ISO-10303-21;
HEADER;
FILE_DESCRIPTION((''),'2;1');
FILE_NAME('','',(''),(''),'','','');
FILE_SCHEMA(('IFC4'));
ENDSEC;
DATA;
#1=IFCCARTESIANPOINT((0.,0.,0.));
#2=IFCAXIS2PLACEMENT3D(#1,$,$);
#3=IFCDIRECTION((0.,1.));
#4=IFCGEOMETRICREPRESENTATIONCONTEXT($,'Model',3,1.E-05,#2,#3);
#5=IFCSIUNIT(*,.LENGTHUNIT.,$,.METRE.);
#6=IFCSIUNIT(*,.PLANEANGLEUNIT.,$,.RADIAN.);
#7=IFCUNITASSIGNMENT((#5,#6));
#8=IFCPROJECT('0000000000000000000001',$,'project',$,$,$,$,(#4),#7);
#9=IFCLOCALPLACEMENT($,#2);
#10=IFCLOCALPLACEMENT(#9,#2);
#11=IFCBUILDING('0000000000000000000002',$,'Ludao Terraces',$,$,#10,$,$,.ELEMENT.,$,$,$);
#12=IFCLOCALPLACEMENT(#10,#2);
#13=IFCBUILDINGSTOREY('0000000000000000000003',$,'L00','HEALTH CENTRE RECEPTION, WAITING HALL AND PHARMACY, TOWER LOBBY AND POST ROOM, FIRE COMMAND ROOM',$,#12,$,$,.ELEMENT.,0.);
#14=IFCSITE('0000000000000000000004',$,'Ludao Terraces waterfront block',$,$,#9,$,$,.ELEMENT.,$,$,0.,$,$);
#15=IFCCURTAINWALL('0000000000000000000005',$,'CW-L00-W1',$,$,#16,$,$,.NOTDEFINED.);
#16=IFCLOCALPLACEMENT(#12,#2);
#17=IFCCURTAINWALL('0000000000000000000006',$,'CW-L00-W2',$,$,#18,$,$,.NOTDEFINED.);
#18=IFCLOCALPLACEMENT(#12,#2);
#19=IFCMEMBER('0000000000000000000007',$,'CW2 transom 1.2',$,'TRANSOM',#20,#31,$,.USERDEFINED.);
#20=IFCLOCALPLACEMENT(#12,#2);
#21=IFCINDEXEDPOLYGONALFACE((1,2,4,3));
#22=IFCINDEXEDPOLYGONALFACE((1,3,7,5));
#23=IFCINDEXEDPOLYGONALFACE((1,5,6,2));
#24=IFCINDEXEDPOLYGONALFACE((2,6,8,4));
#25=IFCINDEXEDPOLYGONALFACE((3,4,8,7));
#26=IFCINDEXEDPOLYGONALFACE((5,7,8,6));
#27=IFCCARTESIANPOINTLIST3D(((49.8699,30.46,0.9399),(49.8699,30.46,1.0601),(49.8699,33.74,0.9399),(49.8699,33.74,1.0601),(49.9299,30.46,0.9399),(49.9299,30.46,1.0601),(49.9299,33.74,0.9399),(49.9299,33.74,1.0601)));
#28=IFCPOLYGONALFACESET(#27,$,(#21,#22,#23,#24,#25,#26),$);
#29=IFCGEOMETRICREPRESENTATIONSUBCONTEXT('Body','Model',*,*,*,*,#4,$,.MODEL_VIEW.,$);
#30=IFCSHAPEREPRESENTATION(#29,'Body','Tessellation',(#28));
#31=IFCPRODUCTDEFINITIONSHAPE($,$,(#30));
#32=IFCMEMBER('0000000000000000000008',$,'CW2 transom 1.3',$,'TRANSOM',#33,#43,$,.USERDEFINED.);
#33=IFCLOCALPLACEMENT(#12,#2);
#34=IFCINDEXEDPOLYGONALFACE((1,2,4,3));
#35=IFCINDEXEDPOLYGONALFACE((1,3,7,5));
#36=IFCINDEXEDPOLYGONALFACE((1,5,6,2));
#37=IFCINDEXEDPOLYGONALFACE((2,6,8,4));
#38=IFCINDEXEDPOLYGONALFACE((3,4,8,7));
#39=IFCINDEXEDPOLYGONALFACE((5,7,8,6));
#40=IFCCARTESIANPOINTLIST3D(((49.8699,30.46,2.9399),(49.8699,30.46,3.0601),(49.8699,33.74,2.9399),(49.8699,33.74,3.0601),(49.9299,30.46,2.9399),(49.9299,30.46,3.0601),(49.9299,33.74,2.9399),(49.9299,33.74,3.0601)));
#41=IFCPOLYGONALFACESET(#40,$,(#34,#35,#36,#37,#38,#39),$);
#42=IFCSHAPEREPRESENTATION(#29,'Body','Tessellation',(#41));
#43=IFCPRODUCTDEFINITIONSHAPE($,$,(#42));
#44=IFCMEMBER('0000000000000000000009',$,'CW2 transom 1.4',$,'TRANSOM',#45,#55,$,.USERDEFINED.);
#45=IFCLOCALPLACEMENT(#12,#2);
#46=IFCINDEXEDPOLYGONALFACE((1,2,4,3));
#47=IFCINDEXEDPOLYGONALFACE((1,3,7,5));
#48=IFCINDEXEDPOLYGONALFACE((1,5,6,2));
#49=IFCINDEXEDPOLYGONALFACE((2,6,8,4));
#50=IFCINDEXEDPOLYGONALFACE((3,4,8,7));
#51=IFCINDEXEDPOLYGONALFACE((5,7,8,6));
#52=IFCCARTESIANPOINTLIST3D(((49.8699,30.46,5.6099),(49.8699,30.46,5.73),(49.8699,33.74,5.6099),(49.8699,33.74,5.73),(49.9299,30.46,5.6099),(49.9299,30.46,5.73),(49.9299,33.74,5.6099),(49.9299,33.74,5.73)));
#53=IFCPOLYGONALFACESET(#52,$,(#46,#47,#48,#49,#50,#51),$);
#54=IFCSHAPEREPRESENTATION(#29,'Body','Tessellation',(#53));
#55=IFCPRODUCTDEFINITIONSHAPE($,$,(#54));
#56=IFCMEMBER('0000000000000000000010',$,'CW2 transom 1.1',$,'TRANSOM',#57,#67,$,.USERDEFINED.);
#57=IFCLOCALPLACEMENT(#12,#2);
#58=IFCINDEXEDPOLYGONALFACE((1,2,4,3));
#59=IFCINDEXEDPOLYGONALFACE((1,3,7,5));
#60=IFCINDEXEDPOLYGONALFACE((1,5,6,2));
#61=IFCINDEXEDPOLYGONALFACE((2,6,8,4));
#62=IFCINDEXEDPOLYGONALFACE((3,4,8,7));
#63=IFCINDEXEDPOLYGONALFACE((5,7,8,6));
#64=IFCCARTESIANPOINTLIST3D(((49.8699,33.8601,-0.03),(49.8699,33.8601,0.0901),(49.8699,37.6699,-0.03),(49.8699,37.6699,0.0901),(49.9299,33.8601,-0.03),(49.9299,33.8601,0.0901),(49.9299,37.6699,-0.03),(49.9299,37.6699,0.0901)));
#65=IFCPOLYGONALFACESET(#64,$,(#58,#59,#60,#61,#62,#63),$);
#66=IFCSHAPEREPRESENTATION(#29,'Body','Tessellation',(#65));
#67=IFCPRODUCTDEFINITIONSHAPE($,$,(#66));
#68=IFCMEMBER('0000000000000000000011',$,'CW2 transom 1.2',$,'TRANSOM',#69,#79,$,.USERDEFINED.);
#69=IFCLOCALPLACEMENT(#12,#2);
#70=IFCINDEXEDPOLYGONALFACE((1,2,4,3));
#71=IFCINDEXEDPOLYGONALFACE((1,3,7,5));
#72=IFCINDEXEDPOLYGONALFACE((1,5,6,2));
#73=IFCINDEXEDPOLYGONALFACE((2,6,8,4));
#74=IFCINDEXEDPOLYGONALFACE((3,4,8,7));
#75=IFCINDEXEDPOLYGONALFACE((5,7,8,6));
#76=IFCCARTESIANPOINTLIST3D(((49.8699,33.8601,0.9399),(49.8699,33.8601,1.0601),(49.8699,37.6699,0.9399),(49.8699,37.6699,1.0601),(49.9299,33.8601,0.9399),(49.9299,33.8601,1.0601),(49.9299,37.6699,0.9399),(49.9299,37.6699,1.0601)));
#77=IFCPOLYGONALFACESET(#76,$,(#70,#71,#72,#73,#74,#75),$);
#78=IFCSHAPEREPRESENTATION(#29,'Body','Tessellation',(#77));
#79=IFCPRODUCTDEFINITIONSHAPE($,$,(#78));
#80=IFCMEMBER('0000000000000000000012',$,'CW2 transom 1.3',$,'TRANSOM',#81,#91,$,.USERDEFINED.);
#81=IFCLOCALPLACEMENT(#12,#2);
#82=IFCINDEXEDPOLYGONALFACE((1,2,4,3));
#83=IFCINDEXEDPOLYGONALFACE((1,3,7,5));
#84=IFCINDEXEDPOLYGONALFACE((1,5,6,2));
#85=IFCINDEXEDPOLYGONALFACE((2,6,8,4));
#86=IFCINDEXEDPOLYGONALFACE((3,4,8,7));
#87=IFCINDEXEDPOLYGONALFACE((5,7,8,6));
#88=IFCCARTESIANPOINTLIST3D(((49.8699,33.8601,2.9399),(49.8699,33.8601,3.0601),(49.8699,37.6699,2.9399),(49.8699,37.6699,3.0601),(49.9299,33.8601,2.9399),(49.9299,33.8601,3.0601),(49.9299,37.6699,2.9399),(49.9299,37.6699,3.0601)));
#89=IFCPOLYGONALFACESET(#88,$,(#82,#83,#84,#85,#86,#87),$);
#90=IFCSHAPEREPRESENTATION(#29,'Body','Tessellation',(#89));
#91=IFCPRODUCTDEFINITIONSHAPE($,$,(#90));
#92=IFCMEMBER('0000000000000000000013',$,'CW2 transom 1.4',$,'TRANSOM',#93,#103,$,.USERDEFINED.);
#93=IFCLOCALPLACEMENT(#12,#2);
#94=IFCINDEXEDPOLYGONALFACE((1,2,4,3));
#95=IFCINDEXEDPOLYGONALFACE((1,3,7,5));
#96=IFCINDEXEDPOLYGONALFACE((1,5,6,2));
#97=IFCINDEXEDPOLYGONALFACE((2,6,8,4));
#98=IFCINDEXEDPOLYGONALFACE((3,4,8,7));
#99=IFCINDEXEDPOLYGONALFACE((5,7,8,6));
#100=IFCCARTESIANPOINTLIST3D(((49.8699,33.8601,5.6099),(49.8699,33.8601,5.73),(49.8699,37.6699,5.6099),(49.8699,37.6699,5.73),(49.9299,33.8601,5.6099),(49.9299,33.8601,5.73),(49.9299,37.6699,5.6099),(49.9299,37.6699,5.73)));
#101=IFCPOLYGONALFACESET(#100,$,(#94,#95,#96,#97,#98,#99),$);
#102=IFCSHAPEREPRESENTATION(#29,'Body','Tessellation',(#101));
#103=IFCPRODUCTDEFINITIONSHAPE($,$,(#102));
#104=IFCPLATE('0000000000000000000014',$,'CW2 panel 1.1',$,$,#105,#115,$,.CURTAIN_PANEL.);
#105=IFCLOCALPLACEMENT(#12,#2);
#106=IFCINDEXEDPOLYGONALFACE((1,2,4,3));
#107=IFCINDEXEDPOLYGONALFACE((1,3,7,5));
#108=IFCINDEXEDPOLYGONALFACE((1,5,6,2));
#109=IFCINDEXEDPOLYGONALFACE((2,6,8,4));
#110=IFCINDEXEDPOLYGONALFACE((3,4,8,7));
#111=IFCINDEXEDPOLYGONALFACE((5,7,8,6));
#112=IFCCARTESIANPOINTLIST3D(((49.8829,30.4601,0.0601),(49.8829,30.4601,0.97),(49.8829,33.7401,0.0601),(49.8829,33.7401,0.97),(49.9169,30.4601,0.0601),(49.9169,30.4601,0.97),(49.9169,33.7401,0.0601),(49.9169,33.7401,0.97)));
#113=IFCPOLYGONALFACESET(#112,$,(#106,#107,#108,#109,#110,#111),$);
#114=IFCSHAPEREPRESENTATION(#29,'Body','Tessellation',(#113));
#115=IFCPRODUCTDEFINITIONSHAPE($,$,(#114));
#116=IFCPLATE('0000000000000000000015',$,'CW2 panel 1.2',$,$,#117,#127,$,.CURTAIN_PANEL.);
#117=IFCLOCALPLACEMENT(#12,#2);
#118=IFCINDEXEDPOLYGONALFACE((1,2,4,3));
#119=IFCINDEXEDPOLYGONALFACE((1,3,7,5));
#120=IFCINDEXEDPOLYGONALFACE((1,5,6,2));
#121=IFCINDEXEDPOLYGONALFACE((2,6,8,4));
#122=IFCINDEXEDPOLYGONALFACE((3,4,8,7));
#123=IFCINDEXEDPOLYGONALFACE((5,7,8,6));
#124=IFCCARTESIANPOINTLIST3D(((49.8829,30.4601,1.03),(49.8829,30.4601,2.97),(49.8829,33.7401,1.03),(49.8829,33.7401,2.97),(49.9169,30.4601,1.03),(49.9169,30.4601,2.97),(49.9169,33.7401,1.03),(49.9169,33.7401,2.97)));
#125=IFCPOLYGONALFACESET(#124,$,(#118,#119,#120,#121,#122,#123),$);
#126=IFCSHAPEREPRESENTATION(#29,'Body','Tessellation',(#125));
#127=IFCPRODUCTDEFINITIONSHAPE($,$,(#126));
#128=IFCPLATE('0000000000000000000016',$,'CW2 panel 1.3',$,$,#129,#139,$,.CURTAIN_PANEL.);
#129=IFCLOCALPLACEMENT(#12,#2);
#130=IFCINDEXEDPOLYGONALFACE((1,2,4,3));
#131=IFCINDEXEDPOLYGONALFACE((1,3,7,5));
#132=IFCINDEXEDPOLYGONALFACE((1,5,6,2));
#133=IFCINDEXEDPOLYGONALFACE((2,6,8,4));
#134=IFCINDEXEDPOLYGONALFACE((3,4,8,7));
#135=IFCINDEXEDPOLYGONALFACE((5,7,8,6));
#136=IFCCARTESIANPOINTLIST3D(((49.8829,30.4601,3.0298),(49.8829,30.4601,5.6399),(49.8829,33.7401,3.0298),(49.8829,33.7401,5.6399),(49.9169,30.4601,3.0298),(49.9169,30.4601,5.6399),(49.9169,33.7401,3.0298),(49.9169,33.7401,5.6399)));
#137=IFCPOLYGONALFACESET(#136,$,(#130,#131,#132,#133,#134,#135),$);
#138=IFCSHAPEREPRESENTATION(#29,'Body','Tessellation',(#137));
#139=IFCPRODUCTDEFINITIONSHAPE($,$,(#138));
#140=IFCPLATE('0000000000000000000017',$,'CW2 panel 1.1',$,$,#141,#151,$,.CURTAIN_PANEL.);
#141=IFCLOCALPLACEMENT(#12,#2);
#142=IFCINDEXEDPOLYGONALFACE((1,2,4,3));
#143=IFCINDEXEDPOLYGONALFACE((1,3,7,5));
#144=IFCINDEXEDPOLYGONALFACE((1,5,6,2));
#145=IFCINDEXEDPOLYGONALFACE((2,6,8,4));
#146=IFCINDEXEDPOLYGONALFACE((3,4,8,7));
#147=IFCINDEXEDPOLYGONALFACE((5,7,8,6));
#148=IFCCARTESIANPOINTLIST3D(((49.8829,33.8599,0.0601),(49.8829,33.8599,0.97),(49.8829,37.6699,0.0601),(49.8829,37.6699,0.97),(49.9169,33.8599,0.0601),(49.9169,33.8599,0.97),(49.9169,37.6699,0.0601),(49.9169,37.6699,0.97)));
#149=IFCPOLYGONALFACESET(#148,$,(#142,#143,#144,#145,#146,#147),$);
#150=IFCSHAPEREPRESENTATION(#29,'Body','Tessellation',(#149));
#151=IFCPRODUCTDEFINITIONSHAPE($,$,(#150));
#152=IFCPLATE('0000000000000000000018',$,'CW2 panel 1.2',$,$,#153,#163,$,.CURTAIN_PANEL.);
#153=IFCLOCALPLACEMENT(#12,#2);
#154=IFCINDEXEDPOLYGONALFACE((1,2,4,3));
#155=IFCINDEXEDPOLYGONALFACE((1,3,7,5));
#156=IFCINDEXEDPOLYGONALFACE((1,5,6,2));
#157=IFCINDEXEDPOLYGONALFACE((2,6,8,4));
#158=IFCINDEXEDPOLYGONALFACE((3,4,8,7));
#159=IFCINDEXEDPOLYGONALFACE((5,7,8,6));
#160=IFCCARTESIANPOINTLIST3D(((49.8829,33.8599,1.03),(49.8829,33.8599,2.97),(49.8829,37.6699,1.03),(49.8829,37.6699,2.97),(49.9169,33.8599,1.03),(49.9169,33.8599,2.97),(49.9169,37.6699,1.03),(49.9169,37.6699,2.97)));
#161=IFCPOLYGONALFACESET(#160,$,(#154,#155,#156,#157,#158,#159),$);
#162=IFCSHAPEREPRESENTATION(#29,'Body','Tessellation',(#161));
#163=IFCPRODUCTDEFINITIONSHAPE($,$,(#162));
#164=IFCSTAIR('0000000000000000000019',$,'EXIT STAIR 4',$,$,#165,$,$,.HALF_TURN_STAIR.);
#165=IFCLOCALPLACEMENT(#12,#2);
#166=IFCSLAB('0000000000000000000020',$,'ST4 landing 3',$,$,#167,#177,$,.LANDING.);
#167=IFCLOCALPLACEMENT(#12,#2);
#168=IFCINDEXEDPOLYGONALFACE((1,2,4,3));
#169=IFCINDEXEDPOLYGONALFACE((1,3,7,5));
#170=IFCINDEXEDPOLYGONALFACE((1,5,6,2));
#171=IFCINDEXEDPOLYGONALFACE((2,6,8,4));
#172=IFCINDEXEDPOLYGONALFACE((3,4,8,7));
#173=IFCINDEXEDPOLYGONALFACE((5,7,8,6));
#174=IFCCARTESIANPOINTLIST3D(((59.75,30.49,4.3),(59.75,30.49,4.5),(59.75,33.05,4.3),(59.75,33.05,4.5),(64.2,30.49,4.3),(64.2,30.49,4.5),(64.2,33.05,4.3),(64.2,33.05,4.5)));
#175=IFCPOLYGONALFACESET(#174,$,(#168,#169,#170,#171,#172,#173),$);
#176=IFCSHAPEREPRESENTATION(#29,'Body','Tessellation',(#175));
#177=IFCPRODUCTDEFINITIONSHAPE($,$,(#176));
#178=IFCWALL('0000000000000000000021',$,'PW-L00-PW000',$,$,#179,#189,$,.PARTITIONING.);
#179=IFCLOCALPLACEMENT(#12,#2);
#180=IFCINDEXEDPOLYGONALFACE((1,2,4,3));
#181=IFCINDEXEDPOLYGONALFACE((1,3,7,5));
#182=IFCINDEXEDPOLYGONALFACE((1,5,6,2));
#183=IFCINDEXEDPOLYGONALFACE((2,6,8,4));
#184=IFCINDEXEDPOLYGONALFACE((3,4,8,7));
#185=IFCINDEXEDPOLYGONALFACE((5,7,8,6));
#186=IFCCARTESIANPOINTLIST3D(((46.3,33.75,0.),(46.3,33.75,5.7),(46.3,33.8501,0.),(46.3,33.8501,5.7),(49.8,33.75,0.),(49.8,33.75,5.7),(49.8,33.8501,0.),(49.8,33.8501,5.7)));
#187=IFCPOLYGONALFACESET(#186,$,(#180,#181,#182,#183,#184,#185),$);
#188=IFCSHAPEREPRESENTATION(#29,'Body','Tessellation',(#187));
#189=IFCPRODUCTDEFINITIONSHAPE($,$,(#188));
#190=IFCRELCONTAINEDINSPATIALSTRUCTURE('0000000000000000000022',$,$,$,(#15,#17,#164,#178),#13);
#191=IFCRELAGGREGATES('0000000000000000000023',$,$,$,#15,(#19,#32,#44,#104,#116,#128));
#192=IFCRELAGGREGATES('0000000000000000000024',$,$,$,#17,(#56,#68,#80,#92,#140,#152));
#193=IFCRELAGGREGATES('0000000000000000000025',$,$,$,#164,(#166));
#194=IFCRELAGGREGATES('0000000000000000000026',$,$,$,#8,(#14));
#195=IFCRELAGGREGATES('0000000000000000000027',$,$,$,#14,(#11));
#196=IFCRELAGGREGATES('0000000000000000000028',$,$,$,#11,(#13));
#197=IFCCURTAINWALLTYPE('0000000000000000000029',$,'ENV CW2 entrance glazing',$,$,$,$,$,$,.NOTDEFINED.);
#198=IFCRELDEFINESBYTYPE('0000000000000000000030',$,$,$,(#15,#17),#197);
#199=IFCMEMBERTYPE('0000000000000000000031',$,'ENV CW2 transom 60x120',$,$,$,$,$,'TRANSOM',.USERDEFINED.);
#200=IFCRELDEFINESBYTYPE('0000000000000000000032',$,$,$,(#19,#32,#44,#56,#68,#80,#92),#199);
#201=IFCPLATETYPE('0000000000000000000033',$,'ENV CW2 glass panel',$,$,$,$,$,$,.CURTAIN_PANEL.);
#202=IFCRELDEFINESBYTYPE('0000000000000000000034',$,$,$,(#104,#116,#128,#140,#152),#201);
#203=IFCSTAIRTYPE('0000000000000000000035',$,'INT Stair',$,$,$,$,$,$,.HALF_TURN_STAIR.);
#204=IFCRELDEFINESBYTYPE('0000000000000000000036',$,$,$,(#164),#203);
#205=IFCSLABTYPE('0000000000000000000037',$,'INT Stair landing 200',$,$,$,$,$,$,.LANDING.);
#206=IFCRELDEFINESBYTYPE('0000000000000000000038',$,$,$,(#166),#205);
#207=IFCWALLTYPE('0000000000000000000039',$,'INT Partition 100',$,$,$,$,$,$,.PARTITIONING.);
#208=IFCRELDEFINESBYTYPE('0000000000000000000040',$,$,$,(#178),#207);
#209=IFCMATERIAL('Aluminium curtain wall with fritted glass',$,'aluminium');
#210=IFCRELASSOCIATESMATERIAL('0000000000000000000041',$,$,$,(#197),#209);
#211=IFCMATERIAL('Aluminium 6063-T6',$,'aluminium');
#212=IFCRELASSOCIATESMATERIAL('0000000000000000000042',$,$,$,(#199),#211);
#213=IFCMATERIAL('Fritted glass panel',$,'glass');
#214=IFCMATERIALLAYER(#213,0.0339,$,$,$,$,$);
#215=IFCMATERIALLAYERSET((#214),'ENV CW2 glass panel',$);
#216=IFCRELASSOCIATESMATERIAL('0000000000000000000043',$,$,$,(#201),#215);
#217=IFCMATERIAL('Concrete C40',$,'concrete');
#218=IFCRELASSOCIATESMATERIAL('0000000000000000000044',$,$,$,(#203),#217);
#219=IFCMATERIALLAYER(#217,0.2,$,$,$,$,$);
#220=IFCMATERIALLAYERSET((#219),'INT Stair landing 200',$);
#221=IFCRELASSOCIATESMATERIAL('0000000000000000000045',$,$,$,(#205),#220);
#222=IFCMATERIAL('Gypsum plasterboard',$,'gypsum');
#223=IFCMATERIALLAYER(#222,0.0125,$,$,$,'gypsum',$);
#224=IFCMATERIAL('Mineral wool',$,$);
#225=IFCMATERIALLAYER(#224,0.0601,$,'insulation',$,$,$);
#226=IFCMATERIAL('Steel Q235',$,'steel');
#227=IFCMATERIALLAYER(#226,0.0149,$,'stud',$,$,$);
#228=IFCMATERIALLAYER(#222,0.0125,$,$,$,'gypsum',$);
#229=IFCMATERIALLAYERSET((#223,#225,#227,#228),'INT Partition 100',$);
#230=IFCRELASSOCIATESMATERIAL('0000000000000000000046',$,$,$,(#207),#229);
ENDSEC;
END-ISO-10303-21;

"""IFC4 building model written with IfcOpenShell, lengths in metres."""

from ifc_helpers import new_model, si_unit, direction, frame, frame_2d, origin, origin_2d, place, context, subcontext, project, spatial, polyline, rectangle, outline, extrude, material, layer, layer_set, material_profile, profile_set, type_object, element, aggregate, save


model = new_model("IFC4")

# Units and contexts
model_context = context("Model", 3, precision=1e-05, world=origin(), true_north=direction((0.0, 1.0)))
body_context = subcontext(model_context, "Body", "Model", "MODEL_VIEW")
ifc_project = project(units=[si_unit("LENGTHUNIT", "METRE"), si_unit("PLANEANGLEUNIT", "RADIAN")], contexts=[model_context])

# Site, building, storey
site_placement = place(None, origin())
site = spatial("IfcSite", under=ifc_project, at=site_placement, Name="Ludao Terraces waterfront block", CompositionType="ELEMENT", RefElevation=0.0)
building_placement = place(site_placement, origin())
building = spatial("IfcBuilding", under=site, at=building_placement, Name="Ludao Terraces", CompositionType="ELEMENT")
storey_placement = place(building_placement, origin())
storey = spatial("IfcBuildingStorey", under=building, at=storey_placement, Name="L00", Description="HEALTH CENTRE RECEPTION, WAITING HALL AND PHARMACY, TOWER LOBBY AND POST ROOM, FIRE COMMAND ROOM", CompositionType="ELEMENT", Elevation=0.0)

# Curtain wall
ifc_material_1 = material(Name="Aluminium curtain wall with fritted glass", Category="aluminium")
curtain_wall_type = type_object("IfcCurtainWallType", Name="ENV CW2 entrance glazing", PredefinedType="NOTDEFINED", material=ifc_material_1)
curtain_wall_1_placement = place(storey_placement, origin())
curtain_wall_1 = element("IfcCurtainWall", 1, at=curtain_wall_1_placement, inside=storey, type_object=curtain_wall_type, Name="CW-L00-W1", PredefinedType="NOTDEFINED")
ifc_material_2 = material(Name="Aluminium 6063-T6", Category="aluminium")

# Curtain wall
curtain_wall_2_placement = place(storey_placement, origin())
curtain_wall_2 = element("IfcCurtainWall", 2, at=curtain_wall_2_placement, inside=storey, type_object=curtain_wall_type, Name="CW-L00-W2", PredefinedType="NOTDEFINED")

# Members
ifc_material_profile_1 = material_profile(ifc_material_2, rectangle(XDim=0.0601, YDim=0.1201, at=origin_2d()), Name="60 X 120")
ifc_profile_set_1 = profile_set([ifc_material_profile_1], Name="Aluminium 6063-T6")
member_type_1 = type_object("IfcMemberType", Name="ENV CW2 transom 60x120", ElementType="TRANSOM", PredefinedType="USERDEFINED", material=ifc_profile_set_1)
member_1_placement = place(storey_placement, frame((49.8999, 30.46, 1.0), z_axis=(0.0, 1.0, 0.0), x_axis=(-1.0, 0.0, 0.0)))
member_1 = element("IfcMember", 3, at=member_1_placement, type_object=member_type_1, Name="CW2 transom 1.2", ObjectType="TRANSOM", PredefinedType="USERDEFINED", context=body_context, shape_type="SweptSolid", body=[
    extrude(rectangle(XDim=0.0601, YDim=0.1201, at=origin_2d()), origin(), (0.0, 0.0, 1.0), 3.28),
])
member_2_placement = place(storey_placement, frame((49.8999, 30.46, 3.0), z_axis=(0.0, 1.0, 0.0), x_axis=(-1.0, 0.0, 0.0)))
member_2 = element("IfcMember", 4, at=member_2_placement, type_object=member_type_1, Name="CW2 transom 1.3", ObjectType="TRANSOM", PredefinedType="USERDEFINED", context=body_context, shape_type="SweptSolid", body=[
    extrude(rectangle(XDim=0.0601, YDim=0.1201, at=origin_2d()), origin(), (0.0, 0.0, 1.0), 3.28),
])
member_3_placement = place(storey_placement, frame((49.8999, 30.46, 5.6699), z_axis=(0.0, 1.0, 0.0), x_axis=(-1.0, 0.0, 0.0)))
member_3 = element("IfcMember", 5, at=member_3_placement, type_object=member_type_1, Name="CW2 transom 1.4", ObjectType="TRANSOM", PredefinedType="USERDEFINED", context=body_context, shape_type="SweptSolid", body=[
    extrude(rectangle(XDim=0.0601, YDim=0.1201, at=origin_2d()), origin(), (0.0, 0.0, 1.0), 3.28),
])
member_4_placement = place(storey_placement, frame((49.8999, 33.8601, 0.03), z_axis=(0.0, 1.0, 0.0), x_axis=(-1.0, 0.0, 0.0)))
member_4 = element("IfcMember", 6, at=member_4_placement, type_object=member_type_1, Name="CW2 transom 1.1", ObjectType="TRANSOM", PredefinedType="USERDEFINED", context=body_context, shape_type="SweptSolid", body=[
    extrude(rectangle(XDim=0.0601, YDim=0.1201, at=origin_2d()), origin(), (0.0, 0.0, 1.0), 3.8098),
])
member_5_placement = place(storey_placement, frame((49.8999, 33.8601, 1.0), z_axis=(0.0, 1.0, 0.0), x_axis=(-1.0, 0.0, 0.0)))
member_5 = element("IfcMember", 7, at=member_5_placement, type_object=member_type_1, Name="CW2 transom 1.2", ObjectType="TRANSOM", PredefinedType="USERDEFINED", context=body_context, shape_type="SweptSolid", body=[
    extrude(rectangle(XDim=0.0601, YDim=0.1201, at=origin_2d()), origin(), (0.0, 0.0, 1.0), 3.8098),
])
member_6_placement = place(storey_placement, frame((49.8999, 33.8601, 3.0), z_axis=(0.0, 1.0, 0.0), x_axis=(-1.0, 0.0, 0.0)))
member_6 = element("IfcMember", 8, at=member_6_placement, type_object=member_type_1, Name="CW2 transom 1.3", ObjectType="TRANSOM", PredefinedType="USERDEFINED", context=body_context, shape_type="SweptSolid", body=[
    extrude(rectangle(XDim=0.0601, YDim=0.1201, at=origin_2d()), origin(), (0.0, 0.0, 1.0), 3.8098),
])
member_7_placement = place(storey_placement, frame((49.8999, 33.8601, 5.6699), z_axis=(0.0, 1.0, 0.0), x_axis=(-1.0, 0.0, 0.0)))
member_7 = element("IfcMember", 9, at=member_7_placement, type_object=member_type_1, Name="CW2 transom 1.4", ObjectType="TRANSOM", PredefinedType="USERDEFINED", context=body_context, shape_type="SweptSolid", body=[
    extrude(rectangle(XDim=0.0601, YDim=0.1201, at=origin_2d()), origin(), (0.0, 0.0, 1.0), 3.8098),
])

# Plates
ifc_material_3 = material(Name="Fritted glass panel", Category="glass")
ifc_layer_1 = layer(ifc_material_3, 0.0339)
ifc_layer_set_1 = layer_set([ifc_layer_1], Name="ENV CW2 glass panel")
plate_type = type_object("IfcPlateType", Name="ENV CW2 glass panel", PredefinedType="CURTAIN_PANEL", material=ifc_layer_set_1)
plate_1_placement = place(storey_placement, frame((49.8999, 32.1001, 0.0601), z_axis=(0.0, 0.0, 1.0), x_axis=(0.0, 1.0, 0.0)))
plate_1 = element("IfcPlate", 10, at=plate_1_placement, type_object=plate_type, Name="CW2 panel 1.1", PredefinedType="CURTAIN_PANEL", context=body_context, shape_type="SweptSolid", body=[
    extrude(rectangle(XDim=3.28, YDim=0.0339, at=origin_2d()), origin(), (0.0, 0.0, 1.0), 0.9099),
])
plate_2_placement = place(storey_placement, frame((49.8999, 32.1001, 1.03), z_axis=(0.0, 0.0, 1.0), x_axis=(0.0, 1.0, 0.0)))
plate_2 = element("IfcPlate", 11, at=plate_2_placement, type_object=plate_type, Name="CW2 panel 1.2", PredefinedType="CURTAIN_PANEL", context=body_context, shape_type="SweptSolid", body=[
    extrude(rectangle(XDim=3.28, YDim=0.0339, at=origin_2d()), origin(), (0.0, 0.0, 1.0), 1.9399),
])
plate_3_placement = place(storey_placement, frame((49.8999, 32.1001, 3.0298), z_axis=(0.0, 0.0, 1.0), x_axis=(0.0, 1.0, 0.0)))
plate_3 = element("IfcPlate", 12, at=plate_3_placement, type_object=plate_type, Name="CW2 panel 1.3", PredefinedType="CURTAIN_PANEL", context=body_context, shape_type="SweptSolid", body=[
    extrude(rectangle(XDim=3.28, YDim=0.0339, at=origin_2d()), origin(), (0.0, 0.0, 1.0), 2.6101),
])
aggregate(curtain_wall_1, [member_1, member_2, member_3, plate_1, plate_2, plate_3])
plate_4_placement = place(storey_placement, frame((49.8999, 35.7649, 0.0601), z_axis=(0.0, 0.0, 1.0), x_axis=(0.0, 1.0, 0.0)))
plate_4 = element("IfcPlate", 13, at=plate_4_placement, type_object=plate_type, Name="CW2 panel 1.1", PredefinedType="CURTAIN_PANEL", context=body_context, shape_type="SweptSolid", body=[
    extrude(rectangle(XDim=3.8101, YDim=0.0339, at=origin_2d()), origin(), (0.0, 0.0, 1.0), 0.9099),
])
plate_5_placement = place(storey_placement, frame((49.8999, 35.7649, 1.03), z_axis=(0.0, 0.0, 1.0), x_axis=(0.0, 1.0, 0.0)))
plate_5 = element("IfcPlate", 14, at=plate_5_placement, type_object=plate_type, Name="CW2 panel 1.2", PredefinedType="CURTAIN_PANEL", context=body_context, shape_type="SweptSolid", body=[
    extrude(rectangle(XDim=3.8101, YDim=0.0339, at=origin_2d()), origin(), (0.0, 0.0, 1.0), 1.9399),
])
aggregate(curtain_wall_2, [member_4, member_5, member_6, member_7, plate_4, plate_5])

# Stair, slab
ifc_material_4 = material(Name="Concrete C40", Category="concrete")
stair_type = type_object("IfcStairType", Name="INT Stair", PredefinedType="HALF_TURN_STAIR", material=ifc_material_4)
stair_placement = place(storey_placement, origin())
stair = element("IfcStair", 15, at=stair_placement, inside=storey, type_object=stair_type, Name="EXIT STAIR 4", PredefinedType="HALF_TURN_STAIR")
ifc_layer_2 = layer(ifc_material_4, 0.2)
ifc_layer_set_2 = layer_set([ifc_layer_2], Name="INT Stair landing 200")
slab_type = type_object("IfcSlabType", Name="INT Stair landing 200", PredefinedType="LANDING", material=ifc_layer_set_2)
slab_placement = place(storey_placement, frame((0.0, 0.0, 4.3)))
slab = element("IfcSlab", 16, at=slab_placement, type_object=slab_type, Name="ST4 landing 3", PredefinedType="LANDING", context=body_context, shape_type="SweptSolid", body=[
    extrude(outline(polyline([(59.75, 30.49), (64.2, 30.49), (64.2, 33.05), (59.75, 33.05), (59.75, 30.49)])), origin(), (0.0, 0.0, 1.0), 0.2),
])
aggregate(stair, [slab])

# Wall
ifc_material_5 = material(Name="Gypsum plasterboard", Category="gypsum")
ifc_layer_3 = layer(ifc_material_5, 0.0125, Category="gypsum")
ifc_material_6 = material(Name="Mineral wool")
ifc_layer_4 = layer(ifc_material_6, 0.0601, Name="insulation")
ifc_material_7 = material(Name="Steel Q235", Category="steel")
ifc_layer_5 = layer(ifc_material_7, 0.0149, Name="stud")
ifc_layer_6 = layer(ifc_material_5, 0.0125, Category="gypsum")
ifc_layer_set_3 = layer_set([ifc_layer_3, ifc_layer_4, ifc_layer_5, ifc_layer_6], Name="INT Partition 100")
wall_type = type_object("IfcWallType", Name="INT Partition 100", PredefinedType="PARTITIONING", material=ifc_layer_set_3)
for number, where, z_axis, x_axis, name in (
    (17, (46.3, 33.8, 0.0), (0.0, 0.0, 1.0), (1.0, 0.0, 0.0), "PW-L00-PW000"),
):
    element("IfcWall", number, at=place(storey_placement, frame(where, z_axis=z_axis, x_axis=x_axis)), inside=storey, type_object=wall_type, Name=name, PredefinedType="PARTITIONING", context=body_context, shape_type="SweptSolid", body=[
        extrude(rectangle(XDim=3.5, YDim=0.1001, at=frame_2d((1.75, 0.0))), origin(), (0.0, 0.0, 1.0), 5.7),
    ])

save(model, "model.ifc")
